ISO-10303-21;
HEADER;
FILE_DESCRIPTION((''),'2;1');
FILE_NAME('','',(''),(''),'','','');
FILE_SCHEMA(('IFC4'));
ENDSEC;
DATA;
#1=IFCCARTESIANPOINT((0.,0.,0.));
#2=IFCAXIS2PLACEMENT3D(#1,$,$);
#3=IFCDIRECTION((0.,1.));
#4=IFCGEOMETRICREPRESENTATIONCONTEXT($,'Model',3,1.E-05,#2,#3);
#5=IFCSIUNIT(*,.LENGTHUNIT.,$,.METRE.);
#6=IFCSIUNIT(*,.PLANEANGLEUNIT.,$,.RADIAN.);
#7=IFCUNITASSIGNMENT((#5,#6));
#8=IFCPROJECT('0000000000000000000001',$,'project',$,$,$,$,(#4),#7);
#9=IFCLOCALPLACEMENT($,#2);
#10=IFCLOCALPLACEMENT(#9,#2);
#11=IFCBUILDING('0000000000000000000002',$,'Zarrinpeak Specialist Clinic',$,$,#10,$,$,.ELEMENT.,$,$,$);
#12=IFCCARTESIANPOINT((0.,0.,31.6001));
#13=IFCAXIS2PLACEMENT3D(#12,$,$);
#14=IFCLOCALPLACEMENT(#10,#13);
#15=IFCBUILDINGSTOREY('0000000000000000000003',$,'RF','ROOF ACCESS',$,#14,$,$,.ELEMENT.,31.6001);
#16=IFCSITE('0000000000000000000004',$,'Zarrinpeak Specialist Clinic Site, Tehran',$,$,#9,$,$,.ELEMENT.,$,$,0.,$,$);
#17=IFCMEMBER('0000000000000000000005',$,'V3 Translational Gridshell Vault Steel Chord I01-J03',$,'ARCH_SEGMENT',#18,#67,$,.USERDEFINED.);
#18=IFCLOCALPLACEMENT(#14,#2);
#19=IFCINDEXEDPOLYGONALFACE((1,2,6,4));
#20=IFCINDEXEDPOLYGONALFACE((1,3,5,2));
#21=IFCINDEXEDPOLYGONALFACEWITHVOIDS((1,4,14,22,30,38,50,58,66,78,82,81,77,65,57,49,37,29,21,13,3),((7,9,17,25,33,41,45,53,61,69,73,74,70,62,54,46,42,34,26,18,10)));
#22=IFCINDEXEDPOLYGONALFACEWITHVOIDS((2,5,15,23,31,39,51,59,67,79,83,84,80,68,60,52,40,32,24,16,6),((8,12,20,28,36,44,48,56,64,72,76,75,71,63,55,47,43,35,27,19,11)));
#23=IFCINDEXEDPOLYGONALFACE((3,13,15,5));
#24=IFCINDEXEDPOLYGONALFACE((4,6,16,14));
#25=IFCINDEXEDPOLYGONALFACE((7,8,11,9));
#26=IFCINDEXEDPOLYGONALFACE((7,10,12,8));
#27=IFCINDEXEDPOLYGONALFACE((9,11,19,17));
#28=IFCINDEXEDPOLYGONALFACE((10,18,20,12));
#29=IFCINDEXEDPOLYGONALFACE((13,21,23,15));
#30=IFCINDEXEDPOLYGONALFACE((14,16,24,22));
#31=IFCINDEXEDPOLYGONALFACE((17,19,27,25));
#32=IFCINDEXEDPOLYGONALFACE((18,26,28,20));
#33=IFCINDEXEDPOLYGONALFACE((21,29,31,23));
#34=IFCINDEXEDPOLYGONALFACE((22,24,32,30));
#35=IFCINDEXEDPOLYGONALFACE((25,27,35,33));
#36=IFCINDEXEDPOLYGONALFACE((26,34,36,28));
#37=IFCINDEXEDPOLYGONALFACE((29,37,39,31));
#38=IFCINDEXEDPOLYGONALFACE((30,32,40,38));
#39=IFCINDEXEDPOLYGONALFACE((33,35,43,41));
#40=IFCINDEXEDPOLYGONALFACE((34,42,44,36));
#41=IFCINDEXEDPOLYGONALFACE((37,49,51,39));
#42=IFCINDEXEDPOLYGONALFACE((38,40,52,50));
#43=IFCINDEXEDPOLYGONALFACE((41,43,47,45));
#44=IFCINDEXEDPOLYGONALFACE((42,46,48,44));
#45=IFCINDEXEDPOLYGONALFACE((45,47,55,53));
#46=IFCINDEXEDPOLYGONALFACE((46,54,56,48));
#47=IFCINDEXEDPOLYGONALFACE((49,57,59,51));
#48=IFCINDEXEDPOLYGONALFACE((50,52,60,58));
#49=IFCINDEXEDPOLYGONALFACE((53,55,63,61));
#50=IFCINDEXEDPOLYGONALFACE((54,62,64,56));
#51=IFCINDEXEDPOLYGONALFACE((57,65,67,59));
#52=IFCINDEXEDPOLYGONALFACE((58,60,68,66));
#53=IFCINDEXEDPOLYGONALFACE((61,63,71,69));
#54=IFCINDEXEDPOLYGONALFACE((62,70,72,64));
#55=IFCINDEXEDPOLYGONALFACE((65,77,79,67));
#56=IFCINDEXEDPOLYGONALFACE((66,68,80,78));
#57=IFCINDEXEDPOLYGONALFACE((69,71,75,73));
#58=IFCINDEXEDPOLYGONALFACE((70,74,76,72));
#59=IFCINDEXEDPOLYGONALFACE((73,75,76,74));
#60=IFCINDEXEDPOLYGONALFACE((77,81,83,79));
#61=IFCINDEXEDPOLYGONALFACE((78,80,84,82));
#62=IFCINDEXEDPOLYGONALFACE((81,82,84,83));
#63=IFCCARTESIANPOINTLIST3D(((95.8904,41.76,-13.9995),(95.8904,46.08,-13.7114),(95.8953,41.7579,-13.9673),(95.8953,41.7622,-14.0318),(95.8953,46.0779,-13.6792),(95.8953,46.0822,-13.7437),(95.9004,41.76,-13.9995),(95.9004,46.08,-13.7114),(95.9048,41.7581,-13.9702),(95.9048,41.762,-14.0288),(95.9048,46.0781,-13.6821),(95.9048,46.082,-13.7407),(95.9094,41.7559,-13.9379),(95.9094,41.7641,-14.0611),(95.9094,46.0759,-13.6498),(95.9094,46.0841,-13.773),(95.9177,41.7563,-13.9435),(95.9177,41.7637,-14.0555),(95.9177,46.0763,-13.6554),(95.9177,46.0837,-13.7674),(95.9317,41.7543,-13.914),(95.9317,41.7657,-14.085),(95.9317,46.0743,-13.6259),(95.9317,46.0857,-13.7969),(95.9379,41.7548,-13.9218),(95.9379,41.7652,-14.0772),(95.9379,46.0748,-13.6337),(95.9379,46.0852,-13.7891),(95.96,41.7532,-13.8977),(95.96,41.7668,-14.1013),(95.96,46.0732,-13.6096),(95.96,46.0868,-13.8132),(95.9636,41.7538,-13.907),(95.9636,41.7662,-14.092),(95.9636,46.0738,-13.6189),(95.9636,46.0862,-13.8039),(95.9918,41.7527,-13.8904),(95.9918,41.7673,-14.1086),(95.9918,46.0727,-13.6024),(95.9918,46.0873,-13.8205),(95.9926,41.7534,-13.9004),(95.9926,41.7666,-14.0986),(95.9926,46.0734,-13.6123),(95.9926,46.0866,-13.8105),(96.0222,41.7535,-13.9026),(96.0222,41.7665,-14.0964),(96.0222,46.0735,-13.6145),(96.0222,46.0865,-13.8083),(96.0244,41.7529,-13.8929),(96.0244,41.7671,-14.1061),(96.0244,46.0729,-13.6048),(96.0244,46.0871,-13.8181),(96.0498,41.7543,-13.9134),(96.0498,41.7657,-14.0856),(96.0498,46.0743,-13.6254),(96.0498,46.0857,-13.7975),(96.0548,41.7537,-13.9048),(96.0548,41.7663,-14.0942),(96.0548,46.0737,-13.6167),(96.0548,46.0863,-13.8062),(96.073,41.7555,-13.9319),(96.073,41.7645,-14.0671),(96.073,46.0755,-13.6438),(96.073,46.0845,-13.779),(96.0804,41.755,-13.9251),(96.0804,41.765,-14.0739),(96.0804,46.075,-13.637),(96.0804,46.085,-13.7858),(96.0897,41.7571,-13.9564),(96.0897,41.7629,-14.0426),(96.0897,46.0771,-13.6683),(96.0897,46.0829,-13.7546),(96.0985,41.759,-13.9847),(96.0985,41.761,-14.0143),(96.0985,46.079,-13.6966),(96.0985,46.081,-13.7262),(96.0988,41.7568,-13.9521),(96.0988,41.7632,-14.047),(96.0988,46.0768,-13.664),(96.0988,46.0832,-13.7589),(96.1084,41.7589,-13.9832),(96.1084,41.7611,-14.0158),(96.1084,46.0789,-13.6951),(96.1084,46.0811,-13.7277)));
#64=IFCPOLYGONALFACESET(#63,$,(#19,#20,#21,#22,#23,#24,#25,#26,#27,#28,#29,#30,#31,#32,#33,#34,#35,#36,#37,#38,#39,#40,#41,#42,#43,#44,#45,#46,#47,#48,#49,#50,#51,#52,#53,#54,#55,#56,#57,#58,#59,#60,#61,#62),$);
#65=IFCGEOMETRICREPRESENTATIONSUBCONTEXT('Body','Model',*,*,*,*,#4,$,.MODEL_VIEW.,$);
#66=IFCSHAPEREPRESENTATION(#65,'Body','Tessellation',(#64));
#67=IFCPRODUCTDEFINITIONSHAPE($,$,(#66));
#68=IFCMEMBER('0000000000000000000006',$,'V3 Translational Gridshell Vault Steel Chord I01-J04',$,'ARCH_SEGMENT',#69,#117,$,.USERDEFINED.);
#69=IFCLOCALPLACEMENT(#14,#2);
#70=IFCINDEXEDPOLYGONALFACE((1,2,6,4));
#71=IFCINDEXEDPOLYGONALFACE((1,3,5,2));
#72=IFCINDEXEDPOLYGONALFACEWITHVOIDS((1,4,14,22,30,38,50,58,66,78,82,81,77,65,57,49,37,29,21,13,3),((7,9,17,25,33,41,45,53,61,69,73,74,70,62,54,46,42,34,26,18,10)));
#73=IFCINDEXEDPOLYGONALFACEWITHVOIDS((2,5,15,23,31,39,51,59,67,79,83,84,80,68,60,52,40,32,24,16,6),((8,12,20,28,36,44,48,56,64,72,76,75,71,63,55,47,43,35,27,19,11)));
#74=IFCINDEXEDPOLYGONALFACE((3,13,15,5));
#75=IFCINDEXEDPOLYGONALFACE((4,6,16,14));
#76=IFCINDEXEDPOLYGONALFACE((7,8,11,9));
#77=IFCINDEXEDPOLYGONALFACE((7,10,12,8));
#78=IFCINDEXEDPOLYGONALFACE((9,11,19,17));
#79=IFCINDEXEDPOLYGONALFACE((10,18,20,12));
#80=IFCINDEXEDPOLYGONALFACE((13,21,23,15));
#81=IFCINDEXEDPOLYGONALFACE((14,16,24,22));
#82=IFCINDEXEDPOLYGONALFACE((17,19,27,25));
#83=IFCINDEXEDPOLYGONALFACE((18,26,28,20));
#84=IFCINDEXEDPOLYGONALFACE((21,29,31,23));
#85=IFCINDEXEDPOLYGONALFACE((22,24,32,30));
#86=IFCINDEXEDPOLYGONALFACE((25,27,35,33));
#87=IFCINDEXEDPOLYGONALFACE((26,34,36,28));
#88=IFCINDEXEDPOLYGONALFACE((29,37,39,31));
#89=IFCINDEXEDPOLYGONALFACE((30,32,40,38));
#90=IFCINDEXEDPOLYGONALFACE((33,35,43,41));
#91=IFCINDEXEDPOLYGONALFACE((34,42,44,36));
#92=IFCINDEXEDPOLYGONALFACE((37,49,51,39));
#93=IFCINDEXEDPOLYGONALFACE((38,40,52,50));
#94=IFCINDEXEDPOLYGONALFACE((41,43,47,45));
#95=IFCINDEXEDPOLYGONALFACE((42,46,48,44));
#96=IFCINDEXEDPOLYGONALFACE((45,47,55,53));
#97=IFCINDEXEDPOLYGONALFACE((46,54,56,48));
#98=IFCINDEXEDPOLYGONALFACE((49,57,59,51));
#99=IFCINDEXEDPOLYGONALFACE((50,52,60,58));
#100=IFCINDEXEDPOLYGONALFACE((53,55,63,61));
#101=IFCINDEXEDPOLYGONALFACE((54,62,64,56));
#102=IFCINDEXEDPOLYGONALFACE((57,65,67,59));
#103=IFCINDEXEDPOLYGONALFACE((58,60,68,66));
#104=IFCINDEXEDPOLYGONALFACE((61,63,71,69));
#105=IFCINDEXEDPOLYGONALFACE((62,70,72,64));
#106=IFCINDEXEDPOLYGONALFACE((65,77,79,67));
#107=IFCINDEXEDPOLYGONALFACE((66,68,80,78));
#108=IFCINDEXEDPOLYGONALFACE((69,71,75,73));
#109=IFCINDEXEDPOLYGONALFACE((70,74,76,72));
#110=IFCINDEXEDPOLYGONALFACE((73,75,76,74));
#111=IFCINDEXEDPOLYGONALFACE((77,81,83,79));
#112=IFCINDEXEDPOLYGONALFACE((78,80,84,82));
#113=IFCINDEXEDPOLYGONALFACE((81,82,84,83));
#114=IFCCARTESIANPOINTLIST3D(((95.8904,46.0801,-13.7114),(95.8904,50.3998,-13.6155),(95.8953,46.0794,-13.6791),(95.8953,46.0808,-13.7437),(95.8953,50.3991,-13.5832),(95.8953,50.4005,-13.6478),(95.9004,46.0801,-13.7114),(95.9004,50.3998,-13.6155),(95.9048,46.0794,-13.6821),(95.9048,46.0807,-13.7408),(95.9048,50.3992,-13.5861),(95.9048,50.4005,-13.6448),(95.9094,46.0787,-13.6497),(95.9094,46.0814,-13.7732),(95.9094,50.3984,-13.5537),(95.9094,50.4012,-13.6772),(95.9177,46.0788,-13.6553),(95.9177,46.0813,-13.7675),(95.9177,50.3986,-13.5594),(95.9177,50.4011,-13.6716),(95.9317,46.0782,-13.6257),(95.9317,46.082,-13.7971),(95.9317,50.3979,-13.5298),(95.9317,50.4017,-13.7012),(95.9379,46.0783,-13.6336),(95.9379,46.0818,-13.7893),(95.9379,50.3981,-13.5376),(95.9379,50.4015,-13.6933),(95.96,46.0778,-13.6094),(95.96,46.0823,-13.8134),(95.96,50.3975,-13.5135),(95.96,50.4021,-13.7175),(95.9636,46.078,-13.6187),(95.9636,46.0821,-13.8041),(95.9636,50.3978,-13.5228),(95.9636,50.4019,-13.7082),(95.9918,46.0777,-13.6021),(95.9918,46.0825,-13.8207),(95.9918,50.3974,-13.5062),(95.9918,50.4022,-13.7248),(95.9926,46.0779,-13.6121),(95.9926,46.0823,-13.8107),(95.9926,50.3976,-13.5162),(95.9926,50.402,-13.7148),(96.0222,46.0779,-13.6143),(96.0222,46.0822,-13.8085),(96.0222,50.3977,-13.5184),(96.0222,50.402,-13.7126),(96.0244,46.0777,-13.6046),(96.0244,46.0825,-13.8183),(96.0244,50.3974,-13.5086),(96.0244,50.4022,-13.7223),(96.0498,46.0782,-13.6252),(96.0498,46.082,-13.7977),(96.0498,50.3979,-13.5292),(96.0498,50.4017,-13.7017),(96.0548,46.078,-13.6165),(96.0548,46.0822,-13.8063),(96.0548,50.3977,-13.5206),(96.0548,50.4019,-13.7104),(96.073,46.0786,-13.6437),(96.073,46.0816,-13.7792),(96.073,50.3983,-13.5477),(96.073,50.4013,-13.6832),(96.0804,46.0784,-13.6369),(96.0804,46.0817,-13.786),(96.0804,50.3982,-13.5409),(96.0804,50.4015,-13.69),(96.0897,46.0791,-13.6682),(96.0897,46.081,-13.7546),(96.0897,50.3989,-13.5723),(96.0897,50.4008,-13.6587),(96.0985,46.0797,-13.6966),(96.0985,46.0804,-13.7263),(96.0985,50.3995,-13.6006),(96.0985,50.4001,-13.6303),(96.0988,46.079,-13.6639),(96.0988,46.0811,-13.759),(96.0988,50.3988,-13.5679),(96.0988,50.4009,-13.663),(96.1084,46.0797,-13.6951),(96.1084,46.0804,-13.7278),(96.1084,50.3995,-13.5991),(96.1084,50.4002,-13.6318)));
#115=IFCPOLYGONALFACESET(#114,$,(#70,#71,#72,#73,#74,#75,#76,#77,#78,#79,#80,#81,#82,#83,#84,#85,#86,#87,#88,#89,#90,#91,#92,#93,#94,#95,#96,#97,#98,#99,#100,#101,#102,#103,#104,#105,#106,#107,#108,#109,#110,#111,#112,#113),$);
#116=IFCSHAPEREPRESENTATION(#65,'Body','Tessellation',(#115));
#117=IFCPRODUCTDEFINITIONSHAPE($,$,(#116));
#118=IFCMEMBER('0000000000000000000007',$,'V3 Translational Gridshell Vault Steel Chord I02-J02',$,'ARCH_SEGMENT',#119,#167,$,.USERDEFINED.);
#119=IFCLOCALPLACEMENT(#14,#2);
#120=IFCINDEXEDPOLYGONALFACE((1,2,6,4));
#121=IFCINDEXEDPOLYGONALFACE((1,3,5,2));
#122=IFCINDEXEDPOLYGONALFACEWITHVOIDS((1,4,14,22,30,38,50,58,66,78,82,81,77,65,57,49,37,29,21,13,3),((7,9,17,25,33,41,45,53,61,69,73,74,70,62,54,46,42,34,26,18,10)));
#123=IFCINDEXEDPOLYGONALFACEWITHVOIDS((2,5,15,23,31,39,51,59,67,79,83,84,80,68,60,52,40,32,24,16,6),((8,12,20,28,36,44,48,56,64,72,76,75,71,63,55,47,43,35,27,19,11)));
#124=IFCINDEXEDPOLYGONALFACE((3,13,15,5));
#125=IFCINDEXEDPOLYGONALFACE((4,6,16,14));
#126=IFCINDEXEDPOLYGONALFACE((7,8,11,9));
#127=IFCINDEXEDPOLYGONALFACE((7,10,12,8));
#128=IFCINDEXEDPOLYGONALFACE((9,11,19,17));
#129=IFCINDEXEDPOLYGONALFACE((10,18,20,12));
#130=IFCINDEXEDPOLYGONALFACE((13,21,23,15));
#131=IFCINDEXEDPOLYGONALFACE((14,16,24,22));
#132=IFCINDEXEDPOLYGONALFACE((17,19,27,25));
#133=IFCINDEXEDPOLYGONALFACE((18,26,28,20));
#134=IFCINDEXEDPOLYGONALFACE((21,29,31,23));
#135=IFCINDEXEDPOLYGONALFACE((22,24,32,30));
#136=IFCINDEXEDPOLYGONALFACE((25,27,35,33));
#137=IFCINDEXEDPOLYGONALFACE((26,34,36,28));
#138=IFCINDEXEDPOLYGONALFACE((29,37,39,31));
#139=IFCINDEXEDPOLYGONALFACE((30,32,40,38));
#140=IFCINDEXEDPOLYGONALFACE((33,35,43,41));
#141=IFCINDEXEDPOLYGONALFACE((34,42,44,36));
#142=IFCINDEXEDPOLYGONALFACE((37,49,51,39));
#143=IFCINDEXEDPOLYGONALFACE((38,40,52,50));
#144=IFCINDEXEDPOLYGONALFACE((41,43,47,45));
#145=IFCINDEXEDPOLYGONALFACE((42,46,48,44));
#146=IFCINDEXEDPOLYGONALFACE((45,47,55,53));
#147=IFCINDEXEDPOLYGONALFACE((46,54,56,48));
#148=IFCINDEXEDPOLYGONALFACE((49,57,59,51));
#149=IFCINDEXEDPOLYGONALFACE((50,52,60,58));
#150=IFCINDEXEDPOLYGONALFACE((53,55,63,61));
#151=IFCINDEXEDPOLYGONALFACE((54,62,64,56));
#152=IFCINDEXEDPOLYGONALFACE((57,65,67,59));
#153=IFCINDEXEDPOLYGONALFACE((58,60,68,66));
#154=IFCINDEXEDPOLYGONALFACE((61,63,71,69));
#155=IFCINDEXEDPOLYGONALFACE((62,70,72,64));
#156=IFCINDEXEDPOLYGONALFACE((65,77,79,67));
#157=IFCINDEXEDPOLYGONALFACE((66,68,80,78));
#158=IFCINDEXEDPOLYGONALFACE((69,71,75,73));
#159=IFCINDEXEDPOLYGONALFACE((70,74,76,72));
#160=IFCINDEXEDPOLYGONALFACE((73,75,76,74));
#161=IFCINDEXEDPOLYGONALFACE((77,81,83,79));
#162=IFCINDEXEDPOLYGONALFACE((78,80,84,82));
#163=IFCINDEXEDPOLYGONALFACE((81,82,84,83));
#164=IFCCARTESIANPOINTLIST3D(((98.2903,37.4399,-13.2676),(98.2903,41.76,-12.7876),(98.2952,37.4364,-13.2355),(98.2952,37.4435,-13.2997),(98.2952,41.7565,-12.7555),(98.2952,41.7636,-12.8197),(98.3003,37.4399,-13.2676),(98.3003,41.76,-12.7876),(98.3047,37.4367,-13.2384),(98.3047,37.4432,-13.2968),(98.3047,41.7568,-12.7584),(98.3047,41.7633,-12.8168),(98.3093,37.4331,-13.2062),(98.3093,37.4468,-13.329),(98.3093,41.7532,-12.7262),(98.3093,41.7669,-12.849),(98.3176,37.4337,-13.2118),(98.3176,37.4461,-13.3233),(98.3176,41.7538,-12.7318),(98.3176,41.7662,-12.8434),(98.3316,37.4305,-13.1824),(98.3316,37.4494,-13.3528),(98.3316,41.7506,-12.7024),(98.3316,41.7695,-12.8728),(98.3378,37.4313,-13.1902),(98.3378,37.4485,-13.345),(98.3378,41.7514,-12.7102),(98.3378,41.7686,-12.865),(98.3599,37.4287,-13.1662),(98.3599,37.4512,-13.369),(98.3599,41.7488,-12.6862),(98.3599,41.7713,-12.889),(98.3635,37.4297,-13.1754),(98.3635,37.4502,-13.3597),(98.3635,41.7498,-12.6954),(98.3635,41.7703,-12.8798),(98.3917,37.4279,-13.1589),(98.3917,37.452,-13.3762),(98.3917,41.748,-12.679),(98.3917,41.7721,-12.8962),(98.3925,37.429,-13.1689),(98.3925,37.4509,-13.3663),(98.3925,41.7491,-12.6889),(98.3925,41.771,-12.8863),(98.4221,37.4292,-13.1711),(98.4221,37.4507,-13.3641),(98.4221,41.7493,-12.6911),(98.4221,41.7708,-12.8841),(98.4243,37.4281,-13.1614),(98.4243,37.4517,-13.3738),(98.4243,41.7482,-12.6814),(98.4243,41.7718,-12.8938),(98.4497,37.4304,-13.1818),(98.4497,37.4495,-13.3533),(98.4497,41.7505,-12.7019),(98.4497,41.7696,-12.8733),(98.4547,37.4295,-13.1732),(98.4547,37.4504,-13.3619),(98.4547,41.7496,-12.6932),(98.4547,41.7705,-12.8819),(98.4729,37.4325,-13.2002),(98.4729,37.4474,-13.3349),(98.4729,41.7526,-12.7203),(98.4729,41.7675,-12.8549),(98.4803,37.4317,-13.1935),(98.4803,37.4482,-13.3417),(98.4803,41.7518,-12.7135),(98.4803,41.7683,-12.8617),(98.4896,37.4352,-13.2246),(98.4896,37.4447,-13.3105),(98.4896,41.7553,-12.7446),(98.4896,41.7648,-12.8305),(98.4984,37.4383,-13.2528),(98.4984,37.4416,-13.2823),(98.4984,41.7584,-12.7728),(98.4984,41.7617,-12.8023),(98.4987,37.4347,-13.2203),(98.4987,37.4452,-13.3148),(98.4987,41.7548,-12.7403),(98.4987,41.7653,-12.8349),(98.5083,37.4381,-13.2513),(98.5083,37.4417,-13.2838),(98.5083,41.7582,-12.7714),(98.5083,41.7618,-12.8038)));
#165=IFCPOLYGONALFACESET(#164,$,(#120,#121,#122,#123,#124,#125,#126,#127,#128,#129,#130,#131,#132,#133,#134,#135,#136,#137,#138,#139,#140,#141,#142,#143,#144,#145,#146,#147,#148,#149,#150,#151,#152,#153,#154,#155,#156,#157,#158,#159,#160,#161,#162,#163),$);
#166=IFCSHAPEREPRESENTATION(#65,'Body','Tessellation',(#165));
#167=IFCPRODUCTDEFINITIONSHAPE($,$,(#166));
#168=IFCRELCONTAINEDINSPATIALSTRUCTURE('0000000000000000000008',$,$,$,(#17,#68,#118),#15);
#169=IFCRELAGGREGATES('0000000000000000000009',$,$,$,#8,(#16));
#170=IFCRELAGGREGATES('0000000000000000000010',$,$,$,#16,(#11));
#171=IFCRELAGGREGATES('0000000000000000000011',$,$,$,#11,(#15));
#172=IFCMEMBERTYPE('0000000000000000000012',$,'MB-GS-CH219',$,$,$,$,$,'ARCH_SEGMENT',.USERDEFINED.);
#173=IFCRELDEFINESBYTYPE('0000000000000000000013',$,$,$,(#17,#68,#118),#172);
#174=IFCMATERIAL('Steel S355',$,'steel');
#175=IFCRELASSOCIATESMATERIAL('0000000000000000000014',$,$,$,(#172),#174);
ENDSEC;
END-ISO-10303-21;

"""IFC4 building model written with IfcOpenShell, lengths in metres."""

from ifc_helpers import new_model, si_unit, direction, frame, origin, origin_2d, place, context, subcontext, project, spatial, hollow_circle, extrude, material, material_profile, profile_set, type_object, element, save


model = new_model("IFC4")

# Units and contexts
model_context = context("Model", 3, precision=1e-05, world=origin(), true_north=direction((0.0, 1.0)))
body_context = subcontext(model_context, "Body", "Model", "MODEL_VIEW")
ifc_project = project(units=[si_unit("LENGTHUNIT", "METRE"), si_unit("PLANEANGLEUNIT", "RADIAN")], contexts=[model_context])

# Site, building, storey
site_placement = place(None, origin())
site = spatial("IfcSite", under=ifc_project, at=site_placement, Name="Zarrinpeak Specialist Clinic Site, Tehran", CompositionType="ELEMENT", RefElevation=0.0)
building_placement = place(site_placement, origin())
building = spatial("IfcBuilding", under=site, at=building_placement, Name="Zarrinpeak Specialist Clinic", CompositionType="ELEMENT")
storey_placement = place(building_placement, frame((0.0, 0.0, 31.6001)))
storey = spatial("IfcBuildingStorey", under=building, at=storey_placement, Name="RF", Description="ROOF ACCESS", CompositionType="ELEMENT", Elevation=31.6001)

# Members
ifc_material_1 = material(Name="Steel S355", Category="steel")
ifc_material_profile_1 = material_profile(ifc_material_1, hollow_circle(Radius=0.1096, WallThickness=0.01, at=origin_2d()), Name="CHS 219.1x10.0")
ifc_profile_set_1 = profile_set([ifc_material_profile_1], Name="Steel S355")
member_type_1 = type_object("IfcMemberType", Name="MB-GS-CH219", ElementType="ARCH_SEGMENT", PredefinedType="USERDEFINED", material=ifc_profile_set_1)
member_1_placement = place(storey_placement, frame((96.0, 41.76, -13.9995), z_axis=(0.0, 0.997784, 0.066538), x_axis=(-1.0, 0.0, 0.0)))
element("IfcMember", 1, at=member_1_placement, inside=storey, type_object=member_type_1, Name="V3 Translational Gridshell Vault Steel Chord I01-J03", ObjectType="ARCH_SEGMENT", PredefinedType="USERDEFINED", context=body_context, shape_type="SweptSolid", body=[
    extrude(hollow_circle(Radius=0.1096, WallThickness=0.01, at=origin_2d()), origin(), (0.0, 0.0, 1.0), 4.3296),
])
member_2_placement = place(storey_placement, frame((96.0, 46.0801, -13.7114), z_axis=(0.0, 0.999753, 0.022205), x_axis=(-1.0, 0.0, 0.0)))
element("IfcMember", 2, at=member_2_placement, inside=storey, type_object=member_type_1, Name="V3 Translational Gridshell Vault Steel Chord I01-J04", ObjectType="ARCH_SEGMENT", PredefinedType="USERDEFINED", context=body_context, shape_type="SweptSolid", body=[
    extrude(hollow_circle(Radius=0.1096, WallThickness=0.01, at=origin_2d()), origin(), (0.0, 0.0, 1.0), 4.3208),
])
member_3_placement = place(storey_placement, frame((98.3999, 37.4399, -13.2676), z_axis=(0.0, 0.993884, 0.110425), x_axis=(-1.0, 0.0, 0.0)))
element("IfcMember", 3, at=member_3_placement, inside=storey, type_object=member_type_1, Name="V3 Translational Gridshell Vault Steel Chord I02-J02", ObjectType="ARCH_SEGMENT", PredefinedType="USERDEFINED", context=body_context, shape_type="SweptSolid", body=[
    extrude(hollow_circle(Radius=0.1096, WallThickness=0.01, at=origin_2d()), origin(), (0.0, 0.0, 1.0), 4.3467),
])

save(model, "model.ifc")
